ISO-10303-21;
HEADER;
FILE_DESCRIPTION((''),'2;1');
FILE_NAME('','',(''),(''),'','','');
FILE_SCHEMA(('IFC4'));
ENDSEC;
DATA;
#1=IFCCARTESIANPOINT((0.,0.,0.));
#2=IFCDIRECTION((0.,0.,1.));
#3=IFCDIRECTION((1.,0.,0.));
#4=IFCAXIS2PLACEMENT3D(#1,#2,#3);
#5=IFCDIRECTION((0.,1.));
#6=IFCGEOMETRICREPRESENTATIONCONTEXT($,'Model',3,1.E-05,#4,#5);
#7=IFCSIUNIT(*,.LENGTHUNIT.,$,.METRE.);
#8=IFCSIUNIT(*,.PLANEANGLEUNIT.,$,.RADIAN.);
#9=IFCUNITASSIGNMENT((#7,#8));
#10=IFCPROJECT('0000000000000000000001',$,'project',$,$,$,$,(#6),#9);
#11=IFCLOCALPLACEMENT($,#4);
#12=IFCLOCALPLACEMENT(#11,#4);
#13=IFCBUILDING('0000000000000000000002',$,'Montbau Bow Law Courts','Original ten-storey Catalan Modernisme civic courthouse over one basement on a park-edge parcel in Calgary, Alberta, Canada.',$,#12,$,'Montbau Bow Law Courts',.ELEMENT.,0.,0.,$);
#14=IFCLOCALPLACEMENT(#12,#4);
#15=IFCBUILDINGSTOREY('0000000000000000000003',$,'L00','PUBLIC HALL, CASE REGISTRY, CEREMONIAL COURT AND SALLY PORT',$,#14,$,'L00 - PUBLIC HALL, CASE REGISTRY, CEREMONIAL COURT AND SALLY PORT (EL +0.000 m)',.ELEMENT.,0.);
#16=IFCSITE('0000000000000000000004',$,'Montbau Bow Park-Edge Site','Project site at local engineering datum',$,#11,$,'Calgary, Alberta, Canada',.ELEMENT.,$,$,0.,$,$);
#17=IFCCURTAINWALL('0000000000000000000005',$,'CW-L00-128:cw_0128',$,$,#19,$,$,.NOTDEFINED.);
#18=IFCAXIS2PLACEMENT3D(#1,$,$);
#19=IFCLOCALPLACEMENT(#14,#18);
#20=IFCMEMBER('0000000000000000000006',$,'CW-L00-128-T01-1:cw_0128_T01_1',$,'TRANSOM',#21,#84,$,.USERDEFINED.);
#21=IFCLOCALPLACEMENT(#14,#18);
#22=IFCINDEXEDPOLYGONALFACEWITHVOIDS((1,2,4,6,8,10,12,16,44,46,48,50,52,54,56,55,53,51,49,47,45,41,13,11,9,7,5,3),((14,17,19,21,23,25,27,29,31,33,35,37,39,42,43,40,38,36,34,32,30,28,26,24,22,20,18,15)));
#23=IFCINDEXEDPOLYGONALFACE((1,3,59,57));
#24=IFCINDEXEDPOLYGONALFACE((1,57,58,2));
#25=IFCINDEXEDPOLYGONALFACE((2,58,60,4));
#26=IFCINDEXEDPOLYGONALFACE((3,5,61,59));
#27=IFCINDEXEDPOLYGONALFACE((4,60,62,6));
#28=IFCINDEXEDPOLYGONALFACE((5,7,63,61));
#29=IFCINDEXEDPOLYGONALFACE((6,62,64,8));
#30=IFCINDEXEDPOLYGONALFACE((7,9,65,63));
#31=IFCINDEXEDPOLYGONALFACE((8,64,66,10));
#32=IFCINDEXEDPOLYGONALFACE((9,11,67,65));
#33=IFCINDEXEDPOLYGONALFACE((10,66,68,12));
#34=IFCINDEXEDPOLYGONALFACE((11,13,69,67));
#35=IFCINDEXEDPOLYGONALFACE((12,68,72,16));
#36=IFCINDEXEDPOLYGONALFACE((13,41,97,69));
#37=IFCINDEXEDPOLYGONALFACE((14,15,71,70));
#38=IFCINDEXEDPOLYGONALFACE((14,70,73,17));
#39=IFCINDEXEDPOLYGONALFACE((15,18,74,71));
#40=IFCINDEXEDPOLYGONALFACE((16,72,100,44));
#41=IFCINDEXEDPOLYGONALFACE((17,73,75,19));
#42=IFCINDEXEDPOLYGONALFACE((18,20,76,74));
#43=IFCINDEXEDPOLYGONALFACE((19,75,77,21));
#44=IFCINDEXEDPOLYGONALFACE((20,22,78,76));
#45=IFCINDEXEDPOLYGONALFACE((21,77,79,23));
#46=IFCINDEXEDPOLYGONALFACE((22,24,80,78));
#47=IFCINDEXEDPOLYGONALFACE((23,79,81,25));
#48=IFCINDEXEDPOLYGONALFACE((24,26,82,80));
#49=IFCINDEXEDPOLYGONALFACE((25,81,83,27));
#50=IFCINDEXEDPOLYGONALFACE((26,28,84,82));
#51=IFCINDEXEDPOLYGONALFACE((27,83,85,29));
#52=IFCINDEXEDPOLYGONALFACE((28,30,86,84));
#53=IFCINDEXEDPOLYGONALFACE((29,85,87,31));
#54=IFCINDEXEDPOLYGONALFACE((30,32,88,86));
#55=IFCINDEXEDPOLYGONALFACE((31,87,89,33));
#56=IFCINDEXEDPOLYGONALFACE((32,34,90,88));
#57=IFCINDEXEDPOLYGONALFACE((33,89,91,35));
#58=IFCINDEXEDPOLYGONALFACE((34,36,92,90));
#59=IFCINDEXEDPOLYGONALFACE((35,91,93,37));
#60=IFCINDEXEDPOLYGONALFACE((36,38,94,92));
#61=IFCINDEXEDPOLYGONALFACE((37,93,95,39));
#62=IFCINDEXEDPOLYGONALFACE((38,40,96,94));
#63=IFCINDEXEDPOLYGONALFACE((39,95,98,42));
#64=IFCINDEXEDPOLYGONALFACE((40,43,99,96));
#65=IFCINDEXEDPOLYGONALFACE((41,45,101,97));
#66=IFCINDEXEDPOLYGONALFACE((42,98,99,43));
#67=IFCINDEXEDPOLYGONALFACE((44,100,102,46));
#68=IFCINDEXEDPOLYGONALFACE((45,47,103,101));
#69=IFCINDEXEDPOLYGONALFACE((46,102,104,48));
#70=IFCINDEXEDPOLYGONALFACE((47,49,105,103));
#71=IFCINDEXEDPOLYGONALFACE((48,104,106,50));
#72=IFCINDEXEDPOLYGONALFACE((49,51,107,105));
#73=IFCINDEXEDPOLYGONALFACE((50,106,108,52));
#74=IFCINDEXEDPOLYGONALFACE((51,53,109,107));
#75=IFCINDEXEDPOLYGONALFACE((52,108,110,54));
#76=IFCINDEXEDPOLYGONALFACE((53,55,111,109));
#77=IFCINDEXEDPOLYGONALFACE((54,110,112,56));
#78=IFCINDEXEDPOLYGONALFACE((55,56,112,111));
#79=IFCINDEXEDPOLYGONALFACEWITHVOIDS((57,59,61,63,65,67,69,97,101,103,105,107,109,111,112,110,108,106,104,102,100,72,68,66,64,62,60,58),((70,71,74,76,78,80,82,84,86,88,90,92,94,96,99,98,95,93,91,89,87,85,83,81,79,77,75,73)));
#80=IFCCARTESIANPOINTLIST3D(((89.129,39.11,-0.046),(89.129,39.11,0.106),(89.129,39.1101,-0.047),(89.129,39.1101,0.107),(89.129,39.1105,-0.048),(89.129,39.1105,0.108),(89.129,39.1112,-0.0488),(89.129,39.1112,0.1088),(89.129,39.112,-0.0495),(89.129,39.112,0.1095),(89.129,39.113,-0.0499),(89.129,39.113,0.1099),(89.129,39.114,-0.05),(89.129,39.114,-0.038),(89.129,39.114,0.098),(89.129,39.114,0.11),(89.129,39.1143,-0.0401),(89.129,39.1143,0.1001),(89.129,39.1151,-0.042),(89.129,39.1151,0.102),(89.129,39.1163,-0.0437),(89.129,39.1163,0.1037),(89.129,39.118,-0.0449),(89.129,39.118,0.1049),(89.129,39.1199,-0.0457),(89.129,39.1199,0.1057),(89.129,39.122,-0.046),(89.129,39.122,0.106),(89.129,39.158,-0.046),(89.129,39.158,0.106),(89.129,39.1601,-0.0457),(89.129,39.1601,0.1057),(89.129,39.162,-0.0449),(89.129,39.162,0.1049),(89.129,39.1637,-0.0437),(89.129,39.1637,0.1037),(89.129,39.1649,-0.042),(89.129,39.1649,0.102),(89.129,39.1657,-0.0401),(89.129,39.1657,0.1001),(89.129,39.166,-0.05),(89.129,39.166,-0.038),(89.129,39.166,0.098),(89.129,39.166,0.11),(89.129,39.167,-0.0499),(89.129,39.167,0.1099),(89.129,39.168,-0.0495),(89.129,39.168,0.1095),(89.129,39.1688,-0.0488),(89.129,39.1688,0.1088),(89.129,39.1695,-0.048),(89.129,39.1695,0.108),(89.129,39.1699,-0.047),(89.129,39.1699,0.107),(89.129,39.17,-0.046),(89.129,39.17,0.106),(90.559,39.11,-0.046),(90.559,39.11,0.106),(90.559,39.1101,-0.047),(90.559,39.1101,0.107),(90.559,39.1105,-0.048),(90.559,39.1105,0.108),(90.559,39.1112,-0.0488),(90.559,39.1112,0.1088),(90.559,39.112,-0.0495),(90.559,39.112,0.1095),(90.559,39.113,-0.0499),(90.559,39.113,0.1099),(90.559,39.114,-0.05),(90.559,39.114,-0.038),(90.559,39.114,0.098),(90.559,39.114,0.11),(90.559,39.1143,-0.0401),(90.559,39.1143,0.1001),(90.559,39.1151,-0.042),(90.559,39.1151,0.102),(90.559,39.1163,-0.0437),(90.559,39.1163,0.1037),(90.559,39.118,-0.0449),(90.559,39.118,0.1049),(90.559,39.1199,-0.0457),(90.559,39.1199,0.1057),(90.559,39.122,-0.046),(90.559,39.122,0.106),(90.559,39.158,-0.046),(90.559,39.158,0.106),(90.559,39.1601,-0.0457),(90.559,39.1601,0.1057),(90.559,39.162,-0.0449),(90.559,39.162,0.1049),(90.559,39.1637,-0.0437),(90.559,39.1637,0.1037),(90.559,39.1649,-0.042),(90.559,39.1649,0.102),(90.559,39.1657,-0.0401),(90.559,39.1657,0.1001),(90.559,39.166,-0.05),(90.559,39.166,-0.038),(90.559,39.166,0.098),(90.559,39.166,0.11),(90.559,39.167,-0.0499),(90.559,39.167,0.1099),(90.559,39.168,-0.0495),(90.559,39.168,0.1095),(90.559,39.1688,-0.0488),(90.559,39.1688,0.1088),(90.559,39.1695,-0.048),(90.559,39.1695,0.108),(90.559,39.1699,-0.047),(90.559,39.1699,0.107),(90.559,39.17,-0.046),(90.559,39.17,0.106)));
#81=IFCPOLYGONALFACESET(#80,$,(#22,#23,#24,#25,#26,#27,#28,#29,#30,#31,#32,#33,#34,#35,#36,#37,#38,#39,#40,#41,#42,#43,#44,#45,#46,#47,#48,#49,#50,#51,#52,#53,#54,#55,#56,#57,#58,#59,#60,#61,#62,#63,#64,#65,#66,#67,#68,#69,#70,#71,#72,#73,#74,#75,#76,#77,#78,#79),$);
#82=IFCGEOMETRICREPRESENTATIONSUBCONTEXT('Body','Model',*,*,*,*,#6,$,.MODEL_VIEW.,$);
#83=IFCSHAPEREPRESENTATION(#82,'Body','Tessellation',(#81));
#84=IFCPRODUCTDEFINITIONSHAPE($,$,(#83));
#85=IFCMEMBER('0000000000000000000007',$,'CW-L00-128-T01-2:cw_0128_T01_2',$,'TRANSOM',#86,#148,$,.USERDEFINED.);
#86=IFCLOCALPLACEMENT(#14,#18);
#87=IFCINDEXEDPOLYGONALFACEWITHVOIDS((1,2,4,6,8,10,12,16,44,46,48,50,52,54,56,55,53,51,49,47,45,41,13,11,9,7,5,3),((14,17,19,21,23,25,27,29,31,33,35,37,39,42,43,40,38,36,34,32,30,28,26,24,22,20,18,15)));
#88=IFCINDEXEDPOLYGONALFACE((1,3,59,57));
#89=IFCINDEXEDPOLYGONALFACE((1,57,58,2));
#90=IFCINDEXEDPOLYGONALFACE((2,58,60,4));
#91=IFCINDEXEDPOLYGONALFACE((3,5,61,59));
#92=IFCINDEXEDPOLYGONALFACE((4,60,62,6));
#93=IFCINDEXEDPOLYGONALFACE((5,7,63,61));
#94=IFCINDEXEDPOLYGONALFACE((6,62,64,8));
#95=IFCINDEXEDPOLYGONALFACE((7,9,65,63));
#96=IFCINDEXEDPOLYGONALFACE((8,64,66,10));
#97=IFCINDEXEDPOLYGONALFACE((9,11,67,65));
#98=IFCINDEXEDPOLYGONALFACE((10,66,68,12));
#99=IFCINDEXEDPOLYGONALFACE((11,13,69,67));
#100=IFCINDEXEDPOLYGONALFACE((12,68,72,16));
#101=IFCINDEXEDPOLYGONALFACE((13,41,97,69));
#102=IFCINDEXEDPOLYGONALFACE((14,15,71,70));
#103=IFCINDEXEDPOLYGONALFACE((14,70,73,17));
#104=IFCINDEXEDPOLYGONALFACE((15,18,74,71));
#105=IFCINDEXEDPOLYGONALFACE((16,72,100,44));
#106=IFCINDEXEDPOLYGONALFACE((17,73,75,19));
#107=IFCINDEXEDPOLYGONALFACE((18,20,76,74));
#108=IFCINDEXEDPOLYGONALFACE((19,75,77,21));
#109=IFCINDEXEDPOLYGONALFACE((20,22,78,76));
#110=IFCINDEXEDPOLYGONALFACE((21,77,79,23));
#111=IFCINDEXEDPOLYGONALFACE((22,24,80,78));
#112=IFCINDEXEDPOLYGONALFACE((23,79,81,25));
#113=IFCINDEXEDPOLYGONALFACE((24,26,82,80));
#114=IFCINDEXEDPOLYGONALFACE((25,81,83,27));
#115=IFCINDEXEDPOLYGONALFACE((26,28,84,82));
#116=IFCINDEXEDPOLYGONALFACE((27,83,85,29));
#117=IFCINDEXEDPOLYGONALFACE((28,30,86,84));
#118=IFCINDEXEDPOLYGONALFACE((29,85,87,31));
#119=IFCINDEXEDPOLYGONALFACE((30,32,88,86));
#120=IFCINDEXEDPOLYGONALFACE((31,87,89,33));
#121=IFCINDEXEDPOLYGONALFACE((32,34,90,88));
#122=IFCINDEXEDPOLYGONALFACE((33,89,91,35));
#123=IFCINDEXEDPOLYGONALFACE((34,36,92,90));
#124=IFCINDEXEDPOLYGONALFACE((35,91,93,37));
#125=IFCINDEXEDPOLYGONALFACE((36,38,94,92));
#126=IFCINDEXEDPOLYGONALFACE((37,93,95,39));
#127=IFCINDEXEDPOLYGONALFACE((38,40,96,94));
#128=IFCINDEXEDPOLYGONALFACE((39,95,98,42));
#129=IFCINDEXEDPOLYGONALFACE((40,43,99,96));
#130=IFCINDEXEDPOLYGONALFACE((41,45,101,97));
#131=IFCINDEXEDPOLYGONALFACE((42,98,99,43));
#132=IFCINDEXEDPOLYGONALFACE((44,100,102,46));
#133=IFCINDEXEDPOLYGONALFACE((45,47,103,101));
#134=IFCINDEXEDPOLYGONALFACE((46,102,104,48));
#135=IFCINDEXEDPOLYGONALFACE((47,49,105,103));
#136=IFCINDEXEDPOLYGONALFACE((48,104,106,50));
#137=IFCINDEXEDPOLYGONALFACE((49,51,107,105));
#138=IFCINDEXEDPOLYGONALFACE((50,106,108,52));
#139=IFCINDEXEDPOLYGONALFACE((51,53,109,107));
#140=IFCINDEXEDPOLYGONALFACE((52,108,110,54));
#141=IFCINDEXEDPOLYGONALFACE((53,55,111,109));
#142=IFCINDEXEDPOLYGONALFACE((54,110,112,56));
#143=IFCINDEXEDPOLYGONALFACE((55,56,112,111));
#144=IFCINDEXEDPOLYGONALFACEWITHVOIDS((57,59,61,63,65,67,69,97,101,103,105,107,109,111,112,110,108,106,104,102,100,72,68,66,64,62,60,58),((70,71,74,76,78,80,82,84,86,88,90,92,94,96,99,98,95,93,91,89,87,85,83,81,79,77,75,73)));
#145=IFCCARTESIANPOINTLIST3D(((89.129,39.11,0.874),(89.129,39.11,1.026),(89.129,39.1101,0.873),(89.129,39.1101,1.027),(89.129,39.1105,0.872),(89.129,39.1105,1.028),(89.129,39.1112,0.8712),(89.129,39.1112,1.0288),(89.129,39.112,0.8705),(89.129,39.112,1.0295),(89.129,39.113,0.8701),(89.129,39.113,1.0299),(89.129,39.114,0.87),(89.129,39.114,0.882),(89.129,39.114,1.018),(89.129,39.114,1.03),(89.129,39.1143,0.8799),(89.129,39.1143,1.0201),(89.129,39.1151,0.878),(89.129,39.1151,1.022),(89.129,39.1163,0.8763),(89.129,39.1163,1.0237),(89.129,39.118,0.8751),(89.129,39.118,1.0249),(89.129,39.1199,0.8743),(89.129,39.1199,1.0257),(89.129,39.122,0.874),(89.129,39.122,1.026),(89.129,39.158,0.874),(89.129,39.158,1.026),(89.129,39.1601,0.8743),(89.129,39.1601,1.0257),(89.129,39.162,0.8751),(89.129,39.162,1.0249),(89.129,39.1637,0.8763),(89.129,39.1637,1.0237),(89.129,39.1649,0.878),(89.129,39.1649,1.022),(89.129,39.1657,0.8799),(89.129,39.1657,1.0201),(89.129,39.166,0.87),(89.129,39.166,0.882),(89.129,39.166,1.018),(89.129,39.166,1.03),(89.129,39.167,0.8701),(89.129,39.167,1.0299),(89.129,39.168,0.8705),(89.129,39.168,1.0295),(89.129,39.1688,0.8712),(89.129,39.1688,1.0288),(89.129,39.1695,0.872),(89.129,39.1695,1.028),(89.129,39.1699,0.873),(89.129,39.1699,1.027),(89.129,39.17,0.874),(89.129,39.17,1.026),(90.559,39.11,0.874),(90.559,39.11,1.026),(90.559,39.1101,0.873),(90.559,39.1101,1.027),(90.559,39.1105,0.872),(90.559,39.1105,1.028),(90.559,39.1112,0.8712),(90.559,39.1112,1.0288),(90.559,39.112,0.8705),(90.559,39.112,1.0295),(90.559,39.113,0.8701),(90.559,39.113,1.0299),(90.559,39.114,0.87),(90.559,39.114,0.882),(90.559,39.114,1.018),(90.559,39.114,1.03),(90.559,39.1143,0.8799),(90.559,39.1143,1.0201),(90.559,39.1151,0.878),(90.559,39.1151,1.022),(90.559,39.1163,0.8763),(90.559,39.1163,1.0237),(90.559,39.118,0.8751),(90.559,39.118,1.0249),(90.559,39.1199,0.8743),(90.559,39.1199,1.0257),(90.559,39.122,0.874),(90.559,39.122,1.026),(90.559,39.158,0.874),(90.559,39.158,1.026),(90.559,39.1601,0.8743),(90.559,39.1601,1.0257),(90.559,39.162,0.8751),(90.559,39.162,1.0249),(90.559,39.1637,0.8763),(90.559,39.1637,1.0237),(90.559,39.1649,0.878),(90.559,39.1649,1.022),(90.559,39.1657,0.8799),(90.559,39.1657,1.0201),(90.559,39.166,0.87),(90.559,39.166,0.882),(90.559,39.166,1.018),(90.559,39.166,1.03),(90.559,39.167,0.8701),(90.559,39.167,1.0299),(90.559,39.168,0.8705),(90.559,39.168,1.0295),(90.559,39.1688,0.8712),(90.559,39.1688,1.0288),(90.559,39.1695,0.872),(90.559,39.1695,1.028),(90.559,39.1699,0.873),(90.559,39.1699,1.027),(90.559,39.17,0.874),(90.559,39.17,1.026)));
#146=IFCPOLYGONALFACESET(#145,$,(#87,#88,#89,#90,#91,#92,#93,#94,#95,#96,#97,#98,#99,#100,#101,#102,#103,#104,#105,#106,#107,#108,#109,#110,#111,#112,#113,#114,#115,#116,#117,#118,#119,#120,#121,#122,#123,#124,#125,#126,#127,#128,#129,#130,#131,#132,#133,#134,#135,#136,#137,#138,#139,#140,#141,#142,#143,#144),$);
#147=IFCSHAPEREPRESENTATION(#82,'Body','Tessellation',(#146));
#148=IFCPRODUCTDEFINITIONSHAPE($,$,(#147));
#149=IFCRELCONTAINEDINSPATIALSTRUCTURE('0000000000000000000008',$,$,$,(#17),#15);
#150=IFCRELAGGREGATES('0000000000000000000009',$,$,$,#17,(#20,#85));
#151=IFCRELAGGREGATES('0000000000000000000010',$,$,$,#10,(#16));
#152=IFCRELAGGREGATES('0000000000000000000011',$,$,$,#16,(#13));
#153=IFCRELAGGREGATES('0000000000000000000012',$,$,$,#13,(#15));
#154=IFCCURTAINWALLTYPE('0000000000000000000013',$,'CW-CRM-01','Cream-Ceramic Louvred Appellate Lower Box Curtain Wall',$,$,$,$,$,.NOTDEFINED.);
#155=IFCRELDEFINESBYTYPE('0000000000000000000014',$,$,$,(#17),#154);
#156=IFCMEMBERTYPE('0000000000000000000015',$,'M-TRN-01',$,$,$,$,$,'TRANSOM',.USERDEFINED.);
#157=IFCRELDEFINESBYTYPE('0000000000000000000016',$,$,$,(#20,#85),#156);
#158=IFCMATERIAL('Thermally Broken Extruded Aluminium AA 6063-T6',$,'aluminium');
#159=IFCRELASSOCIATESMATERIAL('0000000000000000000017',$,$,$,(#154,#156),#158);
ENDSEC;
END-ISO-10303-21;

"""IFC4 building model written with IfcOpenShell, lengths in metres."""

from ifc_helpers import new_model, si_unit, direction, frame, origin_with_axes, origin_2d_with_axis, place, context, subcontext, project, spatial, hollow_rectangle, extrude, material, material_profile, profile_set, type_object, element, aggregate, save


model = new_model("IFC4")

# Units and contexts
model_context = context("Model", 3, precision=1e-05, world=origin_with_axes(), true_north=direction((0.0, 1.0)))
body_context = subcontext(model_context, "Body", "Model", "MODEL_VIEW")
ifc_project = project(units=[si_unit("LENGTHUNIT", "METRE"), si_unit("PLANEANGLEUNIT", "RADIAN")], contexts=[model_context])

# Site, building, storey
site_placement = place(None, origin_with_axes())
site = spatial("IfcSite", under=ifc_project, at=site_placement, Name="Montbau Bow Park-Edge Site", Description="Project site at local engineering datum", LongName="Calgary, Alberta, Canada", CompositionType="ELEMENT", RefElevation=0.0)
building_placement = place(site_placement, origin_with_axes())
building = spatial("IfcBuilding", under=site, at=building_placement, Name="Montbau Bow Law Courts", Description="Original ten-storey Catalan Modernisme civic courthouse over one basement on a park-edge parcel in Calgary, Alberta, Canada.", LongName="Montbau Bow Law Courts", CompositionType="ELEMENT", ElevationOfRefHeight=0.0, ElevationOfTerrain=0.0)
storey_placement = place(building_placement, origin_with_axes())
storey = spatial("IfcBuildingStorey", under=building, at=storey_placement, Name="L00", Description="PUBLIC HALL, CASE REGISTRY, CEREMONIAL COURT AND SALLY PORT", LongName="L00 - PUBLIC HALL, CASE REGISTRY, CEREMONIAL COURT AND SALLY PORT (EL +0.000 m)", CompositionType="ELEMENT", Elevation=0.0)

# Curtain wall, members
ifc_material_1 = material(Name="Thermally Broken Extruded Aluminium AA 6063-T6", Category="aluminium")
curtain_wall_type = type_object("IfcCurtainWallType", Name="CW-CRM-01", Description="Cream-Ceramic Louvred Appellate Lower Box Curtain Wall", PredefinedType="NOTDEFINED", material=ifc_material_1)
curtain_wall_1_placement = place(None, frame((89.067, 39.14, 0.0), z_axis=(0.0, 0.0, 1.0), x_axis=(1.0, 0.0, 0.0)))
curtain_wall_1 = element("IfcCurtainWall", 1, at=curtain_wall_1_placement, inside=storey, type_object=curtain_wall_type, Name="CW-L00-128:cw_0128", PredefinedType="NOTDEFINED")
ifc_material_profile_1 = material_profile(ifc_material_1, hollow_rectangle(XDim=0.06, YDim=0.16, WallThickness=0.004, InnerFilletRadius=0.008, OuterFilletRadius=0.004, at=origin_2d_with_axis()), Name="CWT-160X60", Category="Main", Priority=0)
ifc_profile_set_1 = profile_set([ifc_material_profile_1], Name="Thermally Broken Extruded Aluminium AA 6063-T6")
member_type_1 = type_object("IfcMemberType", Name="M-TRN-01", ElementType="TRANSOM", PredefinedType="USERDEFINED", material=ifc_profile_set_1)
member_1_placement = place(None, frame((89.129, 39.14, 0.03), z_axis=(1.0, 0.0, 0.0), x_axis=(0.0, 1.0, 0.0)))
member_1 = element("IfcMember", 2, at=member_1_placement, type_object=member_type_1, Name="CW-L00-128-T01-1:cw_0128_T01_1", ObjectType="TRANSOM", PredefinedType="USERDEFINED", context=body_context, shape_type="SweptSolid", body=[
    extrude(hollow_rectangle(XDim=0.06, YDim=0.16, WallThickness=0.004, InnerFilletRadius=0.008, OuterFilletRadius=0.004, at=origin_2d_with_axis()), origin_with_axes(), (0.0, 0.0, 1.0), 1.43),
])
member_2_placement = place(None, frame((89.129, 39.14, 0.95), z_axis=(1.0, 0.0, 0.0), x_axis=(0.0, 1.0, 0.0)))
member_2 = element("IfcMember", 3, at=member_2_placement, type_object=member_type_1, Name="CW-L00-128-T01-2:cw_0128_T01_2", ObjectType="TRANSOM", PredefinedType="USERDEFINED", context=body_context, shape_type="SweptSolid", body=[
    extrude(hollow_rectangle(XDim=0.06, YDim=0.16, WallThickness=0.004, InnerFilletRadius=0.008, OuterFilletRadius=0.004, at=origin_2d_with_axis()), origin_with_axes(), (0.0, 0.0, 1.0), 1.43),
])

aggregate(curtain_wall_1, [member_1, member_2])

save(model, "model.ifc")
